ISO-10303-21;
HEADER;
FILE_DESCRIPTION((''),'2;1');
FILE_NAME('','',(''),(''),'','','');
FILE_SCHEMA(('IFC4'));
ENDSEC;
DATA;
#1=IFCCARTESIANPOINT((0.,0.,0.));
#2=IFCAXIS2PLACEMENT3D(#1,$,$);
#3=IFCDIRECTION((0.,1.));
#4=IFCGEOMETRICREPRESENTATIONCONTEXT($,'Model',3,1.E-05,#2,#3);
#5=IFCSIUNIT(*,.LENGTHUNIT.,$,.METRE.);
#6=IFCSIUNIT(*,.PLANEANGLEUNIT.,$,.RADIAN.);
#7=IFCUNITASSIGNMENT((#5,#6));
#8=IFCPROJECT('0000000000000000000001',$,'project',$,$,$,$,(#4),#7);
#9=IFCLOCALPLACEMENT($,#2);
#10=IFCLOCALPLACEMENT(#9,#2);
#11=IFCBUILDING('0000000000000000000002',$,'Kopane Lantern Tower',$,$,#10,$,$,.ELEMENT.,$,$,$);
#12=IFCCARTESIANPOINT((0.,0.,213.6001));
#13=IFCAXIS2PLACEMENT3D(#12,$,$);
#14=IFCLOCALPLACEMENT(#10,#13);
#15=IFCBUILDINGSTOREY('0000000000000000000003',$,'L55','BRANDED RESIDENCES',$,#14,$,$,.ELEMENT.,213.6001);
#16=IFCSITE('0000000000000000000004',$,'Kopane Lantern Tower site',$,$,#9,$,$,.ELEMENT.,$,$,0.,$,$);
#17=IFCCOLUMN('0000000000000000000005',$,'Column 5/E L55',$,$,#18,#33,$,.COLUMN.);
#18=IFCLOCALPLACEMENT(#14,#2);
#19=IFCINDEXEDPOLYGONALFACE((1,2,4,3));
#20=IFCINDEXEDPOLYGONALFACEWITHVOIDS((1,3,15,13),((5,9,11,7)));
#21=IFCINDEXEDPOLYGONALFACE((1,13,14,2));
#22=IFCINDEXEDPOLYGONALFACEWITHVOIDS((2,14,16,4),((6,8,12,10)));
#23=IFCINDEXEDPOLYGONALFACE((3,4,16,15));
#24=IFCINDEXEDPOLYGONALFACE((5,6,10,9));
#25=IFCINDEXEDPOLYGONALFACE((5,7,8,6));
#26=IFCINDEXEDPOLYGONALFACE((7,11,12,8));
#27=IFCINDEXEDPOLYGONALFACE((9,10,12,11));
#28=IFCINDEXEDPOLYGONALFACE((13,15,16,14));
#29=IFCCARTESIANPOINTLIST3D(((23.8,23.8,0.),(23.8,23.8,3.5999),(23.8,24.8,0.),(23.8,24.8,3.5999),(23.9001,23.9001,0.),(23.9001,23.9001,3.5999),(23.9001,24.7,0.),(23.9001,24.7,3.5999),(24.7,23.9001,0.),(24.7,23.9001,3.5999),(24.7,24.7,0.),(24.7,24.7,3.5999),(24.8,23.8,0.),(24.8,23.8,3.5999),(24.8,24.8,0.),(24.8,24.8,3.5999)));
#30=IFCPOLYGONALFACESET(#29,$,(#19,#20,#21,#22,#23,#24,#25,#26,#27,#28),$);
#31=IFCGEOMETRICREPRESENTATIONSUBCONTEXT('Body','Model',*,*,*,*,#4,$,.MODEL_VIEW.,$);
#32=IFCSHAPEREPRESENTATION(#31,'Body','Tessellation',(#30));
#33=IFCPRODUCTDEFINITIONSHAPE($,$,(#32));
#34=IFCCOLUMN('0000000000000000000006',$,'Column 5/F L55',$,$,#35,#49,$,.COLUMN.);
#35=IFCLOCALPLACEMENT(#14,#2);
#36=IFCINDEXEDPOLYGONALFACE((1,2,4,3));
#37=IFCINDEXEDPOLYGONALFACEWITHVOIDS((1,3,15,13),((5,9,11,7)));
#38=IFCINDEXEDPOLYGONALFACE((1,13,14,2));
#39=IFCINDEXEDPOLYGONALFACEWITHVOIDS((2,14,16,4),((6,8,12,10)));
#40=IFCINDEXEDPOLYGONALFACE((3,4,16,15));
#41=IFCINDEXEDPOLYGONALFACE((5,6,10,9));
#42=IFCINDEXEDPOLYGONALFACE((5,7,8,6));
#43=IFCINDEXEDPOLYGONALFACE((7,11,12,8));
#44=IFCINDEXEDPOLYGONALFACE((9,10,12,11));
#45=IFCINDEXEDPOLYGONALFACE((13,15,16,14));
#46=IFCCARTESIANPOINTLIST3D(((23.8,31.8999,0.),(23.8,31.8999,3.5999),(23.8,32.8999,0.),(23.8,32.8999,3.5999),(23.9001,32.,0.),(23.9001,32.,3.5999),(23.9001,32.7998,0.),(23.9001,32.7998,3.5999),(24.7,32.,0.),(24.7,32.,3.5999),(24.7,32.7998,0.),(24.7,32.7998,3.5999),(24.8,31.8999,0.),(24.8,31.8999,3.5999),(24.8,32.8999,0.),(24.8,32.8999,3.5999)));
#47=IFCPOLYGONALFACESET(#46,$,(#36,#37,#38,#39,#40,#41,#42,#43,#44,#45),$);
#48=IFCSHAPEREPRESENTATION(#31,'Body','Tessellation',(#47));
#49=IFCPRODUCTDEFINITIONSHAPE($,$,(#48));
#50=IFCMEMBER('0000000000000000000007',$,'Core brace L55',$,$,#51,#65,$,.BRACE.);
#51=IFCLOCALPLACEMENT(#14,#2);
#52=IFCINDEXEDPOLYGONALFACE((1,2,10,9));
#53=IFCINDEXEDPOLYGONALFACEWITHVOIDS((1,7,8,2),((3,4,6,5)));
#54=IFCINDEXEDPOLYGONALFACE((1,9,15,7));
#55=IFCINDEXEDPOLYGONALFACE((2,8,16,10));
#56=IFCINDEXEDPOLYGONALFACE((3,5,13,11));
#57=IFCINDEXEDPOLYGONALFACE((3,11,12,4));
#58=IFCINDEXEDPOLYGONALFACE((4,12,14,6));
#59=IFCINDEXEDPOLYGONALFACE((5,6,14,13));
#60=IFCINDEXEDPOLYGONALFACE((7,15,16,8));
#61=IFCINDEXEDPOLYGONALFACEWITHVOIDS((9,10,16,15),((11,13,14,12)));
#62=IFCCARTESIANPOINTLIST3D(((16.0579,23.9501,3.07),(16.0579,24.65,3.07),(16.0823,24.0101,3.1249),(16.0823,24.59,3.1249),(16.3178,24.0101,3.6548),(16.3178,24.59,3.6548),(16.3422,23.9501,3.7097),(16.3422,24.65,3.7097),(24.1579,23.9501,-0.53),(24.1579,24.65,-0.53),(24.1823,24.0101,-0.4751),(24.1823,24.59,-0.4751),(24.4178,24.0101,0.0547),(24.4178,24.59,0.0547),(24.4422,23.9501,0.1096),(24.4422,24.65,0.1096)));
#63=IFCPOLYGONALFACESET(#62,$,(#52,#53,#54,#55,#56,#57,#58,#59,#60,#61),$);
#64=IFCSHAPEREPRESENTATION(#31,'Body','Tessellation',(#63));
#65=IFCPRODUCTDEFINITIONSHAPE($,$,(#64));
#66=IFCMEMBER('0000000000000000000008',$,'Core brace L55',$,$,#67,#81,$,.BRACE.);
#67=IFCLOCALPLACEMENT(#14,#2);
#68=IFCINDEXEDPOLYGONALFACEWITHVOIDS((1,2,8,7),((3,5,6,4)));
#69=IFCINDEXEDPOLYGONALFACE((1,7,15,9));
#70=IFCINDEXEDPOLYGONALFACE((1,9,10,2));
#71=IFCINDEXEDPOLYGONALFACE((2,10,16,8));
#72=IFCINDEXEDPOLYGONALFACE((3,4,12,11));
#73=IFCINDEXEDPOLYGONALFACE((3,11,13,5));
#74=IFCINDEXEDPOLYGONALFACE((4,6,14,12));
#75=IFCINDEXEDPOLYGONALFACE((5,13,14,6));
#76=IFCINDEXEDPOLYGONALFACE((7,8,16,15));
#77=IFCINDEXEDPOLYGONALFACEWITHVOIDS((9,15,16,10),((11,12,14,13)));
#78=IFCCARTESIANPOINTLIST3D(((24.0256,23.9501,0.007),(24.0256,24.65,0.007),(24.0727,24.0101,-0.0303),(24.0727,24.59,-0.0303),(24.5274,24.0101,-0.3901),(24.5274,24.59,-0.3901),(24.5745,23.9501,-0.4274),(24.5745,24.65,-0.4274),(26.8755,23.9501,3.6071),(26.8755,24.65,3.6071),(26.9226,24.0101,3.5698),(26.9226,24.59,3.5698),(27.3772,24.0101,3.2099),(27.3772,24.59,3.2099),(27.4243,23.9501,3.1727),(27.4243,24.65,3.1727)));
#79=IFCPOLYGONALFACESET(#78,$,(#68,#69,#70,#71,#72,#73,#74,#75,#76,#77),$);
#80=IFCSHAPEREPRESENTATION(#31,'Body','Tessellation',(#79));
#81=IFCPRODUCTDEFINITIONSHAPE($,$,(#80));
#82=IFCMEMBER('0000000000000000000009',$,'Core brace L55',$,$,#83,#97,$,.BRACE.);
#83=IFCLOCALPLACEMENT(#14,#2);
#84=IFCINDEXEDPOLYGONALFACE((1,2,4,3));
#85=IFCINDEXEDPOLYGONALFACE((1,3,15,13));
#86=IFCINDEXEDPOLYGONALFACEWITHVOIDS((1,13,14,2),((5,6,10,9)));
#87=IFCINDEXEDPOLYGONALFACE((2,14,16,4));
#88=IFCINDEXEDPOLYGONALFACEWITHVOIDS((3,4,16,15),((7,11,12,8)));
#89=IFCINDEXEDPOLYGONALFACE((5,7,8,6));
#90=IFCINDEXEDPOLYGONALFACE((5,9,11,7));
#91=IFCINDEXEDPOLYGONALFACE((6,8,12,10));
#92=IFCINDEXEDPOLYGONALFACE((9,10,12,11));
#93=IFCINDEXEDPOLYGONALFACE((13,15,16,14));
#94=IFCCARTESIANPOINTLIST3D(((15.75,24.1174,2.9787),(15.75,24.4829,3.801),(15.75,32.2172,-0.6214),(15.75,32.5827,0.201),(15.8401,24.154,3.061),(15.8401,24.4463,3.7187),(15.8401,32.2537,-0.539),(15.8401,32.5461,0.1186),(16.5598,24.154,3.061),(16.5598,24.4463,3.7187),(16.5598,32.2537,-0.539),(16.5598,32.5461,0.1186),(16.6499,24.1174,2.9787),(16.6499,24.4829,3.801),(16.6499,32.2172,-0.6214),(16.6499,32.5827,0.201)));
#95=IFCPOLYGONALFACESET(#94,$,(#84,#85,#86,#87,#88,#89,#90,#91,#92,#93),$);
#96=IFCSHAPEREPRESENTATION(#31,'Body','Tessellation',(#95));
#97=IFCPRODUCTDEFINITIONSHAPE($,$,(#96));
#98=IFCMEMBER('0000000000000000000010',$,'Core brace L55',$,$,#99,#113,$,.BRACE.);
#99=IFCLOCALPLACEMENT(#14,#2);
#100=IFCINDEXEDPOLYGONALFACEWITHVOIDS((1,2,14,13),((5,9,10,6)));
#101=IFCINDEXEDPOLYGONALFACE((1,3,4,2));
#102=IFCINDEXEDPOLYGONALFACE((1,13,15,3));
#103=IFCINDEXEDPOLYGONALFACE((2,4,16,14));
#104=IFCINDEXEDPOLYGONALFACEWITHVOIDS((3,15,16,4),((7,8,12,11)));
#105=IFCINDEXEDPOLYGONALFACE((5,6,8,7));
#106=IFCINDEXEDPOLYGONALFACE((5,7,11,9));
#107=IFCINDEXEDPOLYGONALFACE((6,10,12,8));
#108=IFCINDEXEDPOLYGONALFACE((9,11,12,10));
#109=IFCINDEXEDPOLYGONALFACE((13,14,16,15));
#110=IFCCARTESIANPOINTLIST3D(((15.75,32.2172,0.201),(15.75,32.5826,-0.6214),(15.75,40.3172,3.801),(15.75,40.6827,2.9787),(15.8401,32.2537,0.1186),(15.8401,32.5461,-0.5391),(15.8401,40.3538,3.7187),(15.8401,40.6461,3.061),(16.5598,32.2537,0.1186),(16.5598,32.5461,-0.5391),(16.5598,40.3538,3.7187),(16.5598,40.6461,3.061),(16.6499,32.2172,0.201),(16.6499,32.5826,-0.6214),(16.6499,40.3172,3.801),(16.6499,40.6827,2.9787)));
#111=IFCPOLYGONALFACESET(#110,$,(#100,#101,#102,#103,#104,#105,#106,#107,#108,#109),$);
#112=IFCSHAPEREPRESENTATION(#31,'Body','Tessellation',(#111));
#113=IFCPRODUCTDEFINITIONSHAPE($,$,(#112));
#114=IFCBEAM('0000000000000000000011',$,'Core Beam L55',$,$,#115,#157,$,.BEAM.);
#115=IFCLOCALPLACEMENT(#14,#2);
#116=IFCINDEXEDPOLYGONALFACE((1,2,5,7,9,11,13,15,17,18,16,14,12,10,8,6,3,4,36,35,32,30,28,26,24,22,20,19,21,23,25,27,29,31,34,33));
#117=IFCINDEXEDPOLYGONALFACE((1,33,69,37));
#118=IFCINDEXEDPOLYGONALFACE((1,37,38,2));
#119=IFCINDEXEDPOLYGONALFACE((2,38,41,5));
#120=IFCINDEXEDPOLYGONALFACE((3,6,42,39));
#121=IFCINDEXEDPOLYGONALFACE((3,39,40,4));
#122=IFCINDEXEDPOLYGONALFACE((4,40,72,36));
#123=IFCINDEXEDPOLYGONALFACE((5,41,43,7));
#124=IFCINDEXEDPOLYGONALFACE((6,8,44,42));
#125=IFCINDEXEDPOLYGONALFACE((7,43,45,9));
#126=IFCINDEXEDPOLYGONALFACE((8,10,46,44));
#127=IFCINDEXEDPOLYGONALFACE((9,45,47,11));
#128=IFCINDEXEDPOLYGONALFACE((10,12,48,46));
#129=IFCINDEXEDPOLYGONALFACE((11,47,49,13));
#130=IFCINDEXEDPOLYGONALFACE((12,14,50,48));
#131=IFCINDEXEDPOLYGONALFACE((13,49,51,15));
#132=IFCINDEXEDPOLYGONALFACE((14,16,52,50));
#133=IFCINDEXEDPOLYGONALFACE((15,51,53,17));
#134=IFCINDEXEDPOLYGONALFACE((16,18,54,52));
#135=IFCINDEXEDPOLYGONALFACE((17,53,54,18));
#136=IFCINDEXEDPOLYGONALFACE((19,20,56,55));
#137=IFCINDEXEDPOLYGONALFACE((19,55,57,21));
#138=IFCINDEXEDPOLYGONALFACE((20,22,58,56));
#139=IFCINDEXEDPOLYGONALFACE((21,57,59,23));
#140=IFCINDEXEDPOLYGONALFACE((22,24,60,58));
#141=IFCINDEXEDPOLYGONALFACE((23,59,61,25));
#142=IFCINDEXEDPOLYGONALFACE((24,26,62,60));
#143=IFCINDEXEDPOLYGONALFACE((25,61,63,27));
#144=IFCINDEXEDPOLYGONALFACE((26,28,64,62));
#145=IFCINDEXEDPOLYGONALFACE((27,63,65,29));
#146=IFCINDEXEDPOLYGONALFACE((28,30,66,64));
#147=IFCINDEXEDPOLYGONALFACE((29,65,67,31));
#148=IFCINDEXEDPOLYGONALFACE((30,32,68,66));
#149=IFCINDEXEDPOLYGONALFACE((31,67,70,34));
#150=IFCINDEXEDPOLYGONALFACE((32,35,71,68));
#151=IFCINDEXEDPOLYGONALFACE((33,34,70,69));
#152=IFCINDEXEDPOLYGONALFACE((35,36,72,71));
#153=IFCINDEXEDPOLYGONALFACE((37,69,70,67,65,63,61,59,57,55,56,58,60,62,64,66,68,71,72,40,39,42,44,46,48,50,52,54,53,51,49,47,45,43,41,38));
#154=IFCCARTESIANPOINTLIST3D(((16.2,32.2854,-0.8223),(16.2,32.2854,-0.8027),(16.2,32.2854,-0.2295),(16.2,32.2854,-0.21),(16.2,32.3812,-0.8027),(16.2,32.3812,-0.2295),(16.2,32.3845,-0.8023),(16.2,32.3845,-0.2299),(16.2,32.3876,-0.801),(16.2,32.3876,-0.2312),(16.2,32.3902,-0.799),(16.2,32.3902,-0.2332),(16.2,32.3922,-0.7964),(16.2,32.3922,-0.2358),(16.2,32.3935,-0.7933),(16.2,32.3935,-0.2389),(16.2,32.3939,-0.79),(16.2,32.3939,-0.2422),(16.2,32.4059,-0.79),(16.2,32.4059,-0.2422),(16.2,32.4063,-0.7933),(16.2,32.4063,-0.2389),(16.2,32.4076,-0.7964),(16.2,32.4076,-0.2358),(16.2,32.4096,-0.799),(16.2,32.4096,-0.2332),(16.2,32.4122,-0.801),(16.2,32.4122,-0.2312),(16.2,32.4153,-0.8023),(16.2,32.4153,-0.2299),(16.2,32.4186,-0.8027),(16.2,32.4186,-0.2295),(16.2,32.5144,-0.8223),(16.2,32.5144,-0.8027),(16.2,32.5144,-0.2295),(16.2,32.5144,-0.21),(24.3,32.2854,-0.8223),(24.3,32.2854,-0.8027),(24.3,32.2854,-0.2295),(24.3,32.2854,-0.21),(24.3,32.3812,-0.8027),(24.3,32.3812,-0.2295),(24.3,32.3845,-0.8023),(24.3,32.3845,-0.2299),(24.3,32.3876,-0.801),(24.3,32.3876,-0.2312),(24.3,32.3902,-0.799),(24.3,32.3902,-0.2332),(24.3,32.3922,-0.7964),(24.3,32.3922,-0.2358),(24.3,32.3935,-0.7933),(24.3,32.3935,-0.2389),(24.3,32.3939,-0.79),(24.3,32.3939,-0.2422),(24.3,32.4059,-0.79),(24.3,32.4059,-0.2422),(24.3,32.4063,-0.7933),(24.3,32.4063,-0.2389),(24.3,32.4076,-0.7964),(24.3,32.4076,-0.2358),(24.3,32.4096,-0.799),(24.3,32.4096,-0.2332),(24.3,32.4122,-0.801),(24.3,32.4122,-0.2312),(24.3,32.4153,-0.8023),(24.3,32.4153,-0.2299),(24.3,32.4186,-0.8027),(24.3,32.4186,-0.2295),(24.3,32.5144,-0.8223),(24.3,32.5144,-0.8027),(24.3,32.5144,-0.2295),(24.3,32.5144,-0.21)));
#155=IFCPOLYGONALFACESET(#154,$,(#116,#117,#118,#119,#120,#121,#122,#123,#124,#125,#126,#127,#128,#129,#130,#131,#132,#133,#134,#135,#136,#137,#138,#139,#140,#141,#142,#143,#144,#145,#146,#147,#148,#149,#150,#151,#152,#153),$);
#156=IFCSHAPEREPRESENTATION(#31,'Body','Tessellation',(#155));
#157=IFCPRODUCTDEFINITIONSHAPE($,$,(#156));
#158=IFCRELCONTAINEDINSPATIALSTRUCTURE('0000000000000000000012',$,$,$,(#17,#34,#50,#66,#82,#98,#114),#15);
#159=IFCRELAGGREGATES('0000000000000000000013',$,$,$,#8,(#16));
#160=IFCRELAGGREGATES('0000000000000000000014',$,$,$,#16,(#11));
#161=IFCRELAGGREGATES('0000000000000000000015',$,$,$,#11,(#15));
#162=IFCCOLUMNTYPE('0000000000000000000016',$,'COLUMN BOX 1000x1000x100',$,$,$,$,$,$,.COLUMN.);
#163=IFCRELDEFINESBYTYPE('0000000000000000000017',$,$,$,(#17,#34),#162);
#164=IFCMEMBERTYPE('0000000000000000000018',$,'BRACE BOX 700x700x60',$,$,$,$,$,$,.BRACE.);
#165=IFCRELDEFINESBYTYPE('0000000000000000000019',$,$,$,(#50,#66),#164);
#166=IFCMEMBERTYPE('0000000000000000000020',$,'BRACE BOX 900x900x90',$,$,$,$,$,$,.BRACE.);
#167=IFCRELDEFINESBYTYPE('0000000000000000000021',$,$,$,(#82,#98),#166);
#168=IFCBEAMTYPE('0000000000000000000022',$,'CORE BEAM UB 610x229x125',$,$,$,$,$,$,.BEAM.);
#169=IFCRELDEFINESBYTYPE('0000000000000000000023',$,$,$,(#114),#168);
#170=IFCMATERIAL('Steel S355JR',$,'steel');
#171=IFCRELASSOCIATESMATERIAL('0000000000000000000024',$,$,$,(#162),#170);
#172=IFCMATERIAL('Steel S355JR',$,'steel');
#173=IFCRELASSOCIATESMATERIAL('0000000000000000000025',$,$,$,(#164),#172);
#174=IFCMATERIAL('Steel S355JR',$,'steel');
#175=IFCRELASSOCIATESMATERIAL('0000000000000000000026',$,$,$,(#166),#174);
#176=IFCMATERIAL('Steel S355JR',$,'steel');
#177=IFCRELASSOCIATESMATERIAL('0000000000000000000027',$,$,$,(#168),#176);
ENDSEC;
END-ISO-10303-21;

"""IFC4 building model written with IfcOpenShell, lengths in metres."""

from ifc_helpers import new_model, si_unit, direction, frame, origin, origin_2d, place, context, subcontext, project, spatial, hollow_rectangle, i_section, extrude, material, material_profile, profile_set, type_object, element, save


model = new_model("IFC4")

# Units and contexts
model_context = context("Model", 3, precision=1e-05, world=origin(), true_north=direction((0.0, 1.0)))
body_context = subcontext(model_context, "Body", "Model", "MODEL_VIEW")
ifc_project = project(units=[si_unit("LENGTHUNIT", "METRE"), si_unit("PLANEANGLEUNIT", "RADIAN")], contexts=[model_context])

# Site, building, storey
site_placement = place(None, origin())
site = spatial("IfcSite", under=ifc_project, at=site_placement, Name="Kopane Lantern Tower site", CompositionType="ELEMENT", RefElevation=0.0)
building_placement = place(site_placement, origin())
building = spatial("IfcBuilding", under=site, at=building_placement, Name="Kopane Lantern Tower", CompositionType="ELEMENT")
storey_placement = place(building_placement, frame((0.0, 0.0, 213.6001)))
storey = spatial("IfcBuildingStorey", under=building, at=storey_placement, Name="L55", Description="BRANDED RESIDENCES", CompositionType="ELEMENT", Elevation=213.6001)

# Columns
ifc_material_1 = material(Name="Steel S355JR", Category="steel")
ifc_material_profile_1 = material_profile(ifc_material_1, hollow_rectangle(XDim=1.0, YDim=1.0, WallThickness=0.1001, at=origin_2d()), Name="BOX 1000x1000x100")
ifc_profile_set_1 = profile_set([ifc_material_profile_1], Name="Steel S355JR")
column_type = type_object("IfcColumnType", Name="COLUMN BOX 1000x1000x100", PredefinedType="COLUMN", material=ifc_profile_set_1)
for number, where, z_axis, x_axis, name in (
    (1, (24.3, 24.3, 0.0), (0.0, 0.0, 1.0), (1.0, 0.0, 0.0), "Column 5/E L55"),
    (2, (24.3, 32.3999, 0.0), (0.0, 0.0, 1.0), (1.0, 0.0, 0.0), "Column 5/F L55"),
):
    element("IfcColumn", number, at=place(storey_placement, frame(where, z_axis=z_axis, x_axis=x_axis)), inside=storey, type_object=column_type, Name=name, PredefinedType="COLUMN", context=body_context, shape_type="SweptSolid", body=[
        extrude(hollow_rectangle(XDim=1.0, YDim=1.0, WallThickness=0.1001, at=origin_2d()), origin(), (0.0, 0.0, 1.0), 3.5999),
    ])

# Members
ifc_material_2 = material(Name="Steel S355JR", Category="steel")
ifc_material_profile_2 = material_profile(ifc_material_2, hollow_rectangle(XDim=0.7, YDim=0.7, WallThickness=0.0601, at=origin_2d()), Name="BOX 700x700x60")
ifc_profile_set_2 = profile_set([ifc_material_profile_2], Name="Steel S355JR")
member_type_1 = type_object("IfcMemberType", Name="BRACE BOX 700x700x60", PredefinedType="BRACE", material=ifc_profile_set_2)
member_1_placement = place(storey_placement, frame((24.3, 24.3, -0.2102), z_axis=(-0.913809, 0.0, 0.406144), x_axis=(0.0, -1.0, 0.0)))
element("IfcMember", 3, at=member_1_placement, inside=storey, type_object=member_type_1, Name="Core brace L55", PredefinedType="BRACE", context=body_context, shape_type="SweptSolid", body=[
    extrude(hollow_rectangle(XDim=0.7, YDim=0.7, WallThickness=0.0601, at=origin_2d()), origin(), (0.0, 0.0, 1.0), 8.864),
])
member_2_placement = place(storey_placement, frame((24.3, 24.3, -0.2102), z_axis=(0.620673, 0.0, 0.78407), x_axis=(0.0, 1.0, 0.0)))
element("IfcMember", 4, at=member_2_placement, inside=storey, type_object=member_type_1, Name="Core brace L55", PredefinedType="BRACE", context=body_context, shape_type="SweptSolid", body=[
    extrude(hollow_rectangle(XDim=0.7, YDim=0.7, WallThickness=0.0601, at=origin_2d()), origin(), (0.0, 0.0, 1.0), 4.5916),
])
ifc_material_3 = material(Name="Steel S355JR", Category="steel")
ifc_material_profile_3 = material_profile(ifc_material_3, hollow_rectangle(XDim=0.8999, YDim=0.8999, WallThickness=0.0901, at=origin_2d()), Name="BOX 900x900x90")
ifc_profile_set_3 = profile_set([ifc_material_profile_3], Name="Steel S355JR")
member_type_2 = type_object("IfcMemberType", Name="BRACE BOX 900x900x90", PredefinedType="BRACE", material=ifc_profile_set_3)
member_3_placement = place(storey_placement, frame((16.2, 32.3999, -0.2102), z_axis=(0.0, -0.913805, 0.406154), x_axis=(1.0, 0.0, 0.0)))
element("IfcMember", 5, at=member_3_placement, inside=storey, type_object=member_type_2, Name="Core brace L55", PredefinedType="BRACE", context=body_context, shape_type="SweptSolid", body=[
    extrude(hollow_rectangle(XDim=0.8999, YDim=0.8999, WallThickness=0.0901, at=origin_2d()), origin(), (0.0, 0.0, 1.0), 8.8638),
])
member_4_placement = place(storey_placement, frame((16.2, 32.3999, -0.2102), z_axis=(0.0, 0.913809, 0.406144), x_axis=(-1.0, 0.0, 0.0)))
element("IfcMember", 6, at=member_4_placement, inside=storey, type_object=member_type_2, Name="Core brace L55", PredefinedType="BRACE", context=body_context, shape_type="SweptSolid", body=[
    extrude(hollow_rectangle(XDim=0.8999, YDim=0.8999, WallThickness=0.0901, at=origin_2d()), origin(), (0.0, 0.0, 1.0), 8.864),
])

# Beam
ifc_material_4 = material(Name="Steel S355JR", Category="steel")
ifc_material_profile_4 = material_profile(ifc_material_4, i_section(OverallWidth=0.229, OverallDepth=0.6123, WebThickness=0.012, FlangeThickness=0.0195, FilletRadius=0.0127, at=origin_2d()), Name="UB 610x229x125")
ifc_profile_set_4 = profile_set([ifc_material_profile_4], Name="Steel S355JR")
beam_type_1 = type_object("IfcBeamType", Name="CORE BEAM UB 610x229x125", PredefinedType="BEAM", material=ifc_profile_set_4)
beam_1_placement = place(storey_placement, frame((16.2, 32.3999, -0.5161), z_axis=(1.0, 0.0, 0.0), x_axis=(0.0, 1.0, 0.0)))
element("IfcBeam", 7, at=beam_1_placement, inside=storey, type_object=beam_type_1, Name="Core Beam L55", PredefinedType="BEAM", context=body_context, shape_type="SweptSolid", body=[
    extrude(i_section(OverallWidth=0.229, OverallDepth=0.6123, WebThickness=0.012, FlangeThickness=0.0195, FilletRadius=0.0127, at=origin_2d()), origin(), (0.0, 0.0, 1.0), 8.1001),
])

save(model, "model.ifc")
